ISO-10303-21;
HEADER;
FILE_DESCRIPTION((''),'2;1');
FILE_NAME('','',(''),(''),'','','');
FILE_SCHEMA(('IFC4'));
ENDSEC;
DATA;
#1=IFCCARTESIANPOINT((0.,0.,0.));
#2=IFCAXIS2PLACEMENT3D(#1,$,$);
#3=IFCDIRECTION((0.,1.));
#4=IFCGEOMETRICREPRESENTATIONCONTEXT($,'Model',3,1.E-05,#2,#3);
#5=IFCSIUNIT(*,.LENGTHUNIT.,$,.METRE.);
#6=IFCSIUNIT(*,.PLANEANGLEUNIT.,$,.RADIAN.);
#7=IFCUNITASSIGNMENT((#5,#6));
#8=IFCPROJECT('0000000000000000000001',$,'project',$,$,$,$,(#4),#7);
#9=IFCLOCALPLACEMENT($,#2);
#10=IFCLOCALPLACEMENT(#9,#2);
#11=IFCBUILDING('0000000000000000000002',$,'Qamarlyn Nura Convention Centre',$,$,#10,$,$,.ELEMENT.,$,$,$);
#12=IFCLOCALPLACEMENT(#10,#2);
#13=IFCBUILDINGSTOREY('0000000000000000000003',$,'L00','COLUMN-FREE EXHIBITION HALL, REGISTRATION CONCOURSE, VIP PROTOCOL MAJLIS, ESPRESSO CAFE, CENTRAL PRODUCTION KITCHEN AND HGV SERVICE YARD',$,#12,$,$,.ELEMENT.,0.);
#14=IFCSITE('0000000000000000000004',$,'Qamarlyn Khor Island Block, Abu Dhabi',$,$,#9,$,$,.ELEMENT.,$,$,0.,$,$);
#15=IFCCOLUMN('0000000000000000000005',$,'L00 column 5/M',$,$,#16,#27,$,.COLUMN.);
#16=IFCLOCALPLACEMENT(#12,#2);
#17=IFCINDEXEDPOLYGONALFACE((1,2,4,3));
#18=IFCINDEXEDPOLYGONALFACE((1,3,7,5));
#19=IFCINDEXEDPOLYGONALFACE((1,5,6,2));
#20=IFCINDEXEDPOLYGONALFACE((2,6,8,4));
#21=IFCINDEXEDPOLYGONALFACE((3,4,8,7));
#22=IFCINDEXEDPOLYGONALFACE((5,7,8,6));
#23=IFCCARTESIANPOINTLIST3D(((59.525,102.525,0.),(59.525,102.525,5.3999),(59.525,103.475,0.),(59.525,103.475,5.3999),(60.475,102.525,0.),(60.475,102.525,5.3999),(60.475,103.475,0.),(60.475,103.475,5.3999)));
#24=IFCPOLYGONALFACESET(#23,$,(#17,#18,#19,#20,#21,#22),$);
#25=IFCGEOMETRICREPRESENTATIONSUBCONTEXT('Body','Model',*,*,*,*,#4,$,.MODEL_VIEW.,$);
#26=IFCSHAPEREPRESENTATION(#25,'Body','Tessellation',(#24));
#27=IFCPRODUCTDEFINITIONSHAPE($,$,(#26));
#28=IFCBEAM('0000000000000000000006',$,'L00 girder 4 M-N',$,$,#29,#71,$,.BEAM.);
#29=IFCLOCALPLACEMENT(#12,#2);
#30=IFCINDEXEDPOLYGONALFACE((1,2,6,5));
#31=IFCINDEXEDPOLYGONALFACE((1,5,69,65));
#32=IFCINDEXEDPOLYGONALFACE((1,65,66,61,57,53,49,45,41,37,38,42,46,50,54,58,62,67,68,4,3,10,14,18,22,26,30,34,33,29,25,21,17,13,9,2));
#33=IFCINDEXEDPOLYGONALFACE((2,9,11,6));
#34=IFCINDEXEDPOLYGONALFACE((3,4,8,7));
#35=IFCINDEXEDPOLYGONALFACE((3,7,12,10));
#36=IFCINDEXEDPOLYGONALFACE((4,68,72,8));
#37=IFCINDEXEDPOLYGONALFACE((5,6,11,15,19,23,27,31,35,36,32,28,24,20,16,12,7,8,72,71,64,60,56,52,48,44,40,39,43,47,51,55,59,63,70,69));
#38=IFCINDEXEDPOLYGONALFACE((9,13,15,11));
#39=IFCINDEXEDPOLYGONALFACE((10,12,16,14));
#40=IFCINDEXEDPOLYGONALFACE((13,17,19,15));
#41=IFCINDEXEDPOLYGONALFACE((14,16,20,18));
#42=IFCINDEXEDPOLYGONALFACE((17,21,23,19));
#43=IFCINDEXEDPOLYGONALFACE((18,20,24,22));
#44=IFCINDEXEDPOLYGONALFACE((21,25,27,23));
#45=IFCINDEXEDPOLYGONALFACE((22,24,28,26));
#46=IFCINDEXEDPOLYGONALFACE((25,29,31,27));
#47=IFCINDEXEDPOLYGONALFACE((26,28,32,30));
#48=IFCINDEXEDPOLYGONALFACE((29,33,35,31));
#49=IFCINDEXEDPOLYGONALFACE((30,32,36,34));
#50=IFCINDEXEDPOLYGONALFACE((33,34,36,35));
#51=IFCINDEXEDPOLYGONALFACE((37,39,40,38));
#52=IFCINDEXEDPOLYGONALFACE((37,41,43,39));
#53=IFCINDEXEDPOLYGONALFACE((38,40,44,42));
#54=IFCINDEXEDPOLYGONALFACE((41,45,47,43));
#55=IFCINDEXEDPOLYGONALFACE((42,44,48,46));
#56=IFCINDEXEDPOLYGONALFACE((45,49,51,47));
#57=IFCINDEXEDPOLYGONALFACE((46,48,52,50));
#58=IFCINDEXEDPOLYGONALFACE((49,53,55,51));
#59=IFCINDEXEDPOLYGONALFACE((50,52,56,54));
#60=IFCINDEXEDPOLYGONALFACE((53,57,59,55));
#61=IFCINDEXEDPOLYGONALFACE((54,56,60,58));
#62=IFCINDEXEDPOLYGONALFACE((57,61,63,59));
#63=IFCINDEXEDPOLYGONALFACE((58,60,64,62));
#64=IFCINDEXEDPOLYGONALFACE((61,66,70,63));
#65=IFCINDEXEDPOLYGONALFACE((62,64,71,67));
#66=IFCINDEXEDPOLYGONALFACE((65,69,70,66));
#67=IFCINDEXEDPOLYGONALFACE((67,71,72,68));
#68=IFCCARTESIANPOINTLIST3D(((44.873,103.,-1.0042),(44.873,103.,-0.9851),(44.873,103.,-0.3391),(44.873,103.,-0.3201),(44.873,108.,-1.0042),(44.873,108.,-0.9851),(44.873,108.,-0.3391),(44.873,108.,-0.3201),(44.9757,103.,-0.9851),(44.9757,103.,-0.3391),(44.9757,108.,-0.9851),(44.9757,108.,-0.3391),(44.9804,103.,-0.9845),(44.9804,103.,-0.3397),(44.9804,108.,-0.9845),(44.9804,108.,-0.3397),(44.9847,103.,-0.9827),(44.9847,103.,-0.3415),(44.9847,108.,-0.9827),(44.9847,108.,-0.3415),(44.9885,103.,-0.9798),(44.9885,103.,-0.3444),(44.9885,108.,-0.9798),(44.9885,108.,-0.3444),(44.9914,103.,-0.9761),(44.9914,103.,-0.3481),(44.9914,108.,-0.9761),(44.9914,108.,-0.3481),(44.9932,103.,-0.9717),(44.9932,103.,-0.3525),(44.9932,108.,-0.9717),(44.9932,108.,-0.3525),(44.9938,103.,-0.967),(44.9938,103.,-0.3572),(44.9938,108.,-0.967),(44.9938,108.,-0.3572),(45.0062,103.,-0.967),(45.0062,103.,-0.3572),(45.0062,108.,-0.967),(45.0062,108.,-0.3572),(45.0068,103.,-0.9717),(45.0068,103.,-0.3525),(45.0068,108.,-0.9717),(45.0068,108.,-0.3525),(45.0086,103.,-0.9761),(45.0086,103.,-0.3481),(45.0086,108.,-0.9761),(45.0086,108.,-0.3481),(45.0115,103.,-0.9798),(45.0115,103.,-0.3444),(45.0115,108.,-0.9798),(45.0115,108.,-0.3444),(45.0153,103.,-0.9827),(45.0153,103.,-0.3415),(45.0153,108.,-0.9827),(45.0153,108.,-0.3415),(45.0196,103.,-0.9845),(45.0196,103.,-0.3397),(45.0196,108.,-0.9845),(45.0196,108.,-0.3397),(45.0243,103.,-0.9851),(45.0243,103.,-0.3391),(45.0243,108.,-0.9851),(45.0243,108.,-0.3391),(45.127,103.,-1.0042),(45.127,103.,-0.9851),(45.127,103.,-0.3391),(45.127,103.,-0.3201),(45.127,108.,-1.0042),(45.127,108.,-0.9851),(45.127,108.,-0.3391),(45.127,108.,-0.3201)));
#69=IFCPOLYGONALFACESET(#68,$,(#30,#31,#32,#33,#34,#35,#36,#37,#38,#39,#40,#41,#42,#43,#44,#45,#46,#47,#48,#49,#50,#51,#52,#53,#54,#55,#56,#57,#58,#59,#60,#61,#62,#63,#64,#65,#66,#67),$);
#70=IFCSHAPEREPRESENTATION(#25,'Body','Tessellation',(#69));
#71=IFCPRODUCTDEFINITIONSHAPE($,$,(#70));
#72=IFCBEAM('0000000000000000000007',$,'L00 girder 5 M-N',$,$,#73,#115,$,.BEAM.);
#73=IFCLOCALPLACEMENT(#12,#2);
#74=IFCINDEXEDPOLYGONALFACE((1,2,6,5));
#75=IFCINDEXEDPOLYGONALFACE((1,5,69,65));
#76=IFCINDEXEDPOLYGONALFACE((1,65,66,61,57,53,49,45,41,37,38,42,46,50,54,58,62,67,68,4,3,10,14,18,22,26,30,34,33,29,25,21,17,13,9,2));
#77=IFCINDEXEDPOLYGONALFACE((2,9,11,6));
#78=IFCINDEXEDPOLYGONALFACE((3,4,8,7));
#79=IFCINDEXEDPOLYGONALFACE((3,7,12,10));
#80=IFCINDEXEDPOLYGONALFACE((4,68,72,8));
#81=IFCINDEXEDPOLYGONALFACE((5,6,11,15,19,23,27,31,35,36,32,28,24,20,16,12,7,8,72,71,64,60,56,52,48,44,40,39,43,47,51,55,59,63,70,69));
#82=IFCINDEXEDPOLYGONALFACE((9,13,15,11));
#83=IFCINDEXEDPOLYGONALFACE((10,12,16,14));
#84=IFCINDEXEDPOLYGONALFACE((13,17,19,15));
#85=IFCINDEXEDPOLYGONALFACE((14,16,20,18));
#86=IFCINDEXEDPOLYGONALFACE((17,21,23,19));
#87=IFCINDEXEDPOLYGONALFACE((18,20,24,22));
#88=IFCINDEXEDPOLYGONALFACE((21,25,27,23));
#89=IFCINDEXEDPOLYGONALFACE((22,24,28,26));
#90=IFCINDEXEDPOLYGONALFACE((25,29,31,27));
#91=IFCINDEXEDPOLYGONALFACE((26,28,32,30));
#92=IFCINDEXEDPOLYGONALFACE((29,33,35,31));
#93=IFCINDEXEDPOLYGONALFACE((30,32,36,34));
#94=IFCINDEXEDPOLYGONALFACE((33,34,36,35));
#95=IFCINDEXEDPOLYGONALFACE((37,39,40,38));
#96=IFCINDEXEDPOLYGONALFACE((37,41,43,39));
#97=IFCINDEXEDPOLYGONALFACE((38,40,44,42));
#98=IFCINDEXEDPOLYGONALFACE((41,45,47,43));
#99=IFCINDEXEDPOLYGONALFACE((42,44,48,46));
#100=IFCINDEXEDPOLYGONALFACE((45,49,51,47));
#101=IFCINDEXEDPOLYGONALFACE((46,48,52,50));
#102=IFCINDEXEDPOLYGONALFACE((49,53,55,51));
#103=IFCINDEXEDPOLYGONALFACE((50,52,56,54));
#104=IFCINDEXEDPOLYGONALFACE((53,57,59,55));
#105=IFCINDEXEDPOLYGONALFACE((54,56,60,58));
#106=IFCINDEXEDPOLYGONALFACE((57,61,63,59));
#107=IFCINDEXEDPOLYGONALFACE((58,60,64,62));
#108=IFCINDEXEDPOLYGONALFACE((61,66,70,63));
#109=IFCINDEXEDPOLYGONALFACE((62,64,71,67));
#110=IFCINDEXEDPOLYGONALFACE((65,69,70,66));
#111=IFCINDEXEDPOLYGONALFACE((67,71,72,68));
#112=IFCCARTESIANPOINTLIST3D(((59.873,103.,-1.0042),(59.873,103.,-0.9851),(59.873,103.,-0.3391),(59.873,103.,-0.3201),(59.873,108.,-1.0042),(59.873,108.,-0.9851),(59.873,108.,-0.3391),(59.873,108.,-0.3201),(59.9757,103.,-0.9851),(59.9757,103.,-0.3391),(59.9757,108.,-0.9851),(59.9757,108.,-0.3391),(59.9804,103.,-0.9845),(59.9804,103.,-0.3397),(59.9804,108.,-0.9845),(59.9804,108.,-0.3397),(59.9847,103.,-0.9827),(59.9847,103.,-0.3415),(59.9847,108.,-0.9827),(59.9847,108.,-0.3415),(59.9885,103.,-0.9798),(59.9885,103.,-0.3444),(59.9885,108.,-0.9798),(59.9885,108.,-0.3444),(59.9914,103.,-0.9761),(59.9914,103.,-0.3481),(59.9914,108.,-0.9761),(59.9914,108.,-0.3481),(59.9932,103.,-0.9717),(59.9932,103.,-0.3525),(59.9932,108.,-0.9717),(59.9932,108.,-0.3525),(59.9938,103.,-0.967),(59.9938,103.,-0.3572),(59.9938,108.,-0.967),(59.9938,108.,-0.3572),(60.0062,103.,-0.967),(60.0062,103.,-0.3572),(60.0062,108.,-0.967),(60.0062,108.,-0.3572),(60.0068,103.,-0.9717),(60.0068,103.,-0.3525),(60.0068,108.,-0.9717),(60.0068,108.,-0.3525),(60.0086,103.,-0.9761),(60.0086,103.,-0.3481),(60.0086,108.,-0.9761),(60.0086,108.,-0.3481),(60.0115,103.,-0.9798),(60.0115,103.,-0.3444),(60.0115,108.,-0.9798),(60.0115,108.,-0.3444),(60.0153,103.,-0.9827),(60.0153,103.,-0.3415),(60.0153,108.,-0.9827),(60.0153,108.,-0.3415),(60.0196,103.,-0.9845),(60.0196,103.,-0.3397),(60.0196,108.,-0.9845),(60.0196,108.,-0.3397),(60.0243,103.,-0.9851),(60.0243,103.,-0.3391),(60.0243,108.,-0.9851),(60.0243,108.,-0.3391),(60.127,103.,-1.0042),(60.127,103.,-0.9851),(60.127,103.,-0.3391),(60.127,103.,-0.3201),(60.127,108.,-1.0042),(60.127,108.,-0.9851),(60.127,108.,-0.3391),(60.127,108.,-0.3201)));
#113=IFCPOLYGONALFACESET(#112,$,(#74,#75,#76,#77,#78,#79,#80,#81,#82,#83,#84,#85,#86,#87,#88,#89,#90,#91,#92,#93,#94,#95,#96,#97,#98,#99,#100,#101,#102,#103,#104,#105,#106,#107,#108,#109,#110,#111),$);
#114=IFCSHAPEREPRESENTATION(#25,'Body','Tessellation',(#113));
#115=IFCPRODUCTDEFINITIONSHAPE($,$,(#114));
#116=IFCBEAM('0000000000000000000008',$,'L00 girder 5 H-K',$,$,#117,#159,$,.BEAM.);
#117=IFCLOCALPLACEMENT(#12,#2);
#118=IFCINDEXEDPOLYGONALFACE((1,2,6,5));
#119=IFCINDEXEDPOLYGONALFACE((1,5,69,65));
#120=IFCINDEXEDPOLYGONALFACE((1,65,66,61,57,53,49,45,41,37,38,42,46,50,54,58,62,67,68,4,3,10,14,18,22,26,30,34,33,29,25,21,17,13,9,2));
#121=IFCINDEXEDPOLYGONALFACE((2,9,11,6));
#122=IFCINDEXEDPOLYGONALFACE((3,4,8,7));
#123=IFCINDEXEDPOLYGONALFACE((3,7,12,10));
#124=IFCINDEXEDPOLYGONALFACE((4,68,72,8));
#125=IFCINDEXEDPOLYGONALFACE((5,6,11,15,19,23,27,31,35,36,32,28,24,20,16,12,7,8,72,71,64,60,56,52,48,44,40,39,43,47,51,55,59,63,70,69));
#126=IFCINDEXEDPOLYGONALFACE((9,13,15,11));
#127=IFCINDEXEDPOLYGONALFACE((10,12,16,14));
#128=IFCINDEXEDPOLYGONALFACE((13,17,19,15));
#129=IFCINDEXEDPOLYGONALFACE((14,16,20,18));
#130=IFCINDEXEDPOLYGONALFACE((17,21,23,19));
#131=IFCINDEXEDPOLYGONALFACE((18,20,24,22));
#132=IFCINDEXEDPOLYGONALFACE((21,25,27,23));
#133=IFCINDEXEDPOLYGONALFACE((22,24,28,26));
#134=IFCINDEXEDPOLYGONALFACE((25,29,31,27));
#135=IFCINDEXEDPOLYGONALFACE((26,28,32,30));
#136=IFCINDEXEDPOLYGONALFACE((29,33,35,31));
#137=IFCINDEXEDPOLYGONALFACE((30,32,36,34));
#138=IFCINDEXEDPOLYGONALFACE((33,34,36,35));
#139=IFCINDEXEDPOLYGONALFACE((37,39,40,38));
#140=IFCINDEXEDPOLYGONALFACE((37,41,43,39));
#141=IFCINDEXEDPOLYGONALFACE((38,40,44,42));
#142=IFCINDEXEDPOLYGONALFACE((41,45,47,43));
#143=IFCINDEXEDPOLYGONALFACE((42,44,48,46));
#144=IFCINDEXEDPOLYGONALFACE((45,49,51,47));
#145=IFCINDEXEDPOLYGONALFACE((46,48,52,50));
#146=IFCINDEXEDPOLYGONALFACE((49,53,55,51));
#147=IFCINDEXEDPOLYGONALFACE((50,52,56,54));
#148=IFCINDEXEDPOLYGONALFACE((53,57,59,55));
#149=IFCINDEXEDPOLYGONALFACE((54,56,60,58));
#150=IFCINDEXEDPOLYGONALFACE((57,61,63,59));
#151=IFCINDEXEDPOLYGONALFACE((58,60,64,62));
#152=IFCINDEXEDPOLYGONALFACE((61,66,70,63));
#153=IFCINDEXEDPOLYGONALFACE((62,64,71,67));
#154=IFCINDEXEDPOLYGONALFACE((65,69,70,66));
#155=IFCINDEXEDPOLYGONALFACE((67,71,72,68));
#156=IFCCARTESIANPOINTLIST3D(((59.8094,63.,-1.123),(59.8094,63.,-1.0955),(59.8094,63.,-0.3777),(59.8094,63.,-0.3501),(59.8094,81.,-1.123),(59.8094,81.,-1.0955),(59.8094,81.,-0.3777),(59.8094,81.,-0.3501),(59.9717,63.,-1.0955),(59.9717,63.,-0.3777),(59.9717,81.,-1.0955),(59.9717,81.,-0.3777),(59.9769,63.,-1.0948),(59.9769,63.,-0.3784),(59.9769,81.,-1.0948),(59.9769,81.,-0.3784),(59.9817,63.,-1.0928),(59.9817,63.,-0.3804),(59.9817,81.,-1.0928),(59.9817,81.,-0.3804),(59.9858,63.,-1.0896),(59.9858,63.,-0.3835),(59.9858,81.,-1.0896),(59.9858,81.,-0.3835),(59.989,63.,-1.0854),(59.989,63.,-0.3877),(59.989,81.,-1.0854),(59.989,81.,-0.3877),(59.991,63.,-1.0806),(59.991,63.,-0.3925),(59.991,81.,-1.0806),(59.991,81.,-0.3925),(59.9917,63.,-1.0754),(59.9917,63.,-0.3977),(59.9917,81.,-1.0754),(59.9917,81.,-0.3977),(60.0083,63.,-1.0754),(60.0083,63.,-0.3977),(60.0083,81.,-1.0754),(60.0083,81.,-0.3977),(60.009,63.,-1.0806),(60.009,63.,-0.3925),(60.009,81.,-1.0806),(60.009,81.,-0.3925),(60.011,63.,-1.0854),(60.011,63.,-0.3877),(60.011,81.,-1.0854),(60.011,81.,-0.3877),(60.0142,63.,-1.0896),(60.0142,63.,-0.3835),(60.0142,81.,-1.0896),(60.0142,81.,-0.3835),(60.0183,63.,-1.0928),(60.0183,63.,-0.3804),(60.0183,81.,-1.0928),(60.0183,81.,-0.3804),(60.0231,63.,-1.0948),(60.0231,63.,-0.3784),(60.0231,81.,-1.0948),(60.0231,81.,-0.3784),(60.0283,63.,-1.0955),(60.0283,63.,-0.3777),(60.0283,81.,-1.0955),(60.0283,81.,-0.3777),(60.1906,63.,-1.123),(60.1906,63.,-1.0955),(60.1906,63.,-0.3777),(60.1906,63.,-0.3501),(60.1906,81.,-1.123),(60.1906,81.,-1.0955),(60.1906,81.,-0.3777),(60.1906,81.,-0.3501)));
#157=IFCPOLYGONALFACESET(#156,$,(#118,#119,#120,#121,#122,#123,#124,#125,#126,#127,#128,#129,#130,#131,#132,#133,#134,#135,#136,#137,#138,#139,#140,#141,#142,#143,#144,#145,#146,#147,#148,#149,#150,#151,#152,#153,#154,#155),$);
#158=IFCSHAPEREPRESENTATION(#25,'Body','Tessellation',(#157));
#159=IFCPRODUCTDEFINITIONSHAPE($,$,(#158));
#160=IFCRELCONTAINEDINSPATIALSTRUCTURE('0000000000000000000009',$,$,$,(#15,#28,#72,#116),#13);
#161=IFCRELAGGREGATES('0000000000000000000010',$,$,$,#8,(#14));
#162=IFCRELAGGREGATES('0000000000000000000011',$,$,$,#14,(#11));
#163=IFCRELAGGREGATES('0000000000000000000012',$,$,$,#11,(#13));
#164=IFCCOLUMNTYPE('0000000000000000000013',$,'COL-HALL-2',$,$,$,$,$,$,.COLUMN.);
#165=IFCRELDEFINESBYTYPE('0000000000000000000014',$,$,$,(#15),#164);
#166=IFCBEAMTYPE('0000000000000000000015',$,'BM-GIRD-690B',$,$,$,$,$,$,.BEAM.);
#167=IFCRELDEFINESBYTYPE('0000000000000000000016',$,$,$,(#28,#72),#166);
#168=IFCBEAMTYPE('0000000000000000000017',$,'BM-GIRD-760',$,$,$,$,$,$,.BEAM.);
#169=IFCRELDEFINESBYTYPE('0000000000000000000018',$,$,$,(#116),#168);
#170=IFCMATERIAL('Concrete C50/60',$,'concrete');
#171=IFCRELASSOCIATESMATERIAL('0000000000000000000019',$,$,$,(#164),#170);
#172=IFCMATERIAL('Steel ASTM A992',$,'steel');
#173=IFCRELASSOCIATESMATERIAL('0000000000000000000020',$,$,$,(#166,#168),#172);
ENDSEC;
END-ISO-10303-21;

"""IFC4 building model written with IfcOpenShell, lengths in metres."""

from ifc_helpers import new_model, si_unit, direction, frame, origin, origin_2d, place, context, subcontext, project, spatial, rectangle, i_section, extrude, material, material_profile, profile_set, type_object, element, save


model = new_model("IFC4")

# Units and contexts
model_context = context("Model", 3, precision=1e-05, world=origin(), true_north=direction((0.0, 1.0)))
body_context = subcontext(model_context, "Body", "Model", "MODEL_VIEW")
ifc_project = project(units=[si_unit("LENGTHUNIT", "METRE"), si_unit("PLANEANGLEUNIT", "RADIAN")], contexts=[model_context])

# Site, building, storey
site_placement = place(None, origin())
site = spatial("IfcSite", under=ifc_project, at=site_placement, Name="Qamarlyn Khor Island Block, Abu Dhabi", CompositionType="ELEMENT", RefElevation=0.0)
building_placement = place(site_placement, origin())
building = spatial("IfcBuilding", under=site, at=building_placement, Name="Qamarlyn Nura Convention Centre", CompositionType="ELEMENT")
storey_placement = place(building_placement, origin())
storey = spatial("IfcBuildingStorey", under=building, at=storey_placement, Name="L00", Description="COLUMN-FREE EXHIBITION HALL, REGISTRATION CONCOURSE, VIP PROTOCOL MAJLIS, ESPRESSO CAFE, CENTRAL PRODUCTION KITCHEN AND HGV SERVICE YARD", CompositionType="ELEMENT", Elevation=0.0)

# Column
ifc_material_1 = material(Name="Concrete C50/60", Category="concrete")
ifc_material_profile_1 = material_profile(ifc_material_1, rectangle(XDim=0.95, YDim=0.95, at=origin_2d()), Name="RC 950x950")
ifc_profile_set_1 = profile_set([ifc_material_profile_1], Name="Concrete C50/60")
column_type = type_object("IfcColumnType", Name="COL-HALL-2", PredefinedType="COLUMN", material=ifc_profile_set_1)
column_placement = place(storey_placement, frame((60.0, 103.0, 0.0), z_axis=(0.0, 0.0, 1.0), x_axis=(1.0, 0.0, 0.0)))
element("IfcColumn", 1, at=column_placement, inside=storey, type_object=column_type, Name="L00 column 5/M", PredefinedType="COLUMN", context=body_context, shape_type="SweptSolid", body=[
    extrude(rectangle(XDim=0.95, YDim=0.95, at=origin_2d()), origin(), (0.0, 0.0, 1.0), 5.3999),
])

# Beams
ifc_material_2 = material(Name="Steel ASTM A992", Category="steel")
ifc_material_profile_2 = material_profile(ifc_material_2, i_section(OverallWidth=0.2539, OverallDepth=0.6841, WebThickness=0.0125, FlangeThickness=0.019, FilletRadius=0.0181, at=origin_2d()), Name="W690X140")
ifc_profile_set_2 = profile_set([ifc_material_profile_2], Name="Steel ASTM A992")
beam_type_1 = type_object("IfcBeamType", Name="BM-GIRD-690B", PredefinedType="BEAM", material=ifc_profile_set_2)
for number, where, z_axis, x_axis, name in (
    (2, (45.0, 103.0, -0.6621), (0.0, 1.0, 0.0), (-1.0, 0.0, 0.0), "L00 girder 4 M-N"),
    (3, (60.0, 103.0, -0.6621), (0.0, 1.0, 0.0), (-1.0, 0.0, 0.0), "L00 girder 5 M-N"),
):
    element("IfcBeam", number, at=place(storey_placement, frame(where, z_axis=z_axis, x_axis=x_axis)), inside=storey, type_object=beam_type_1, Name=name, PredefinedType="BEAM", context=body_context, shape_type="SweptSolid", body=[
        extrude(i_section(OverallWidth=0.2539, OverallDepth=0.6841, WebThickness=0.0125, FlangeThickness=0.019, FilletRadius=0.0181, at=origin_2d()), origin(), (0.0, 0.0, 1.0), 5.0),
    ])
ifc_material_profile_3 = material_profile(ifc_material_2, i_section(OverallWidth=0.3811, OverallDepth=0.7729, WebThickness=0.0166, FlangeThickness=0.0276, FilletRadius=0.02, at=origin_2d()), Name="W760X257")
ifc_profile_set_3 = profile_set([ifc_material_profile_3], Name="Steel ASTM A992")
beam_type_2 = type_object("IfcBeamType", Name="BM-GIRD-760", PredefinedType="BEAM", material=ifc_profile_set_3)
beam_1_placement = place(storey_placement, frame((60.0, 63.0, -0.7366), z_axis=(0.0, 1.0, 0.0), x_axis=(-1.0, 0.0, 0.0)))
element("IfcBeam", 4, at=beam_1_placement, inside=storey, type_object=beam_type_2, Name="L00 girder 5 H-K", PredefinedType="BEAM", context=body_context, shape_type="SweptSolid", body=[
    extrude(i_section(OverallWidth=0.3811, OverallDepth=0.7729, WebThickness=0.0166, FlangeThickness=0.0276, FilletRadius=0.02, at=origin_2d()), origin(), (0.0, 0.0, 1.0), 18.0),
])

save(model, "model.ifc")
